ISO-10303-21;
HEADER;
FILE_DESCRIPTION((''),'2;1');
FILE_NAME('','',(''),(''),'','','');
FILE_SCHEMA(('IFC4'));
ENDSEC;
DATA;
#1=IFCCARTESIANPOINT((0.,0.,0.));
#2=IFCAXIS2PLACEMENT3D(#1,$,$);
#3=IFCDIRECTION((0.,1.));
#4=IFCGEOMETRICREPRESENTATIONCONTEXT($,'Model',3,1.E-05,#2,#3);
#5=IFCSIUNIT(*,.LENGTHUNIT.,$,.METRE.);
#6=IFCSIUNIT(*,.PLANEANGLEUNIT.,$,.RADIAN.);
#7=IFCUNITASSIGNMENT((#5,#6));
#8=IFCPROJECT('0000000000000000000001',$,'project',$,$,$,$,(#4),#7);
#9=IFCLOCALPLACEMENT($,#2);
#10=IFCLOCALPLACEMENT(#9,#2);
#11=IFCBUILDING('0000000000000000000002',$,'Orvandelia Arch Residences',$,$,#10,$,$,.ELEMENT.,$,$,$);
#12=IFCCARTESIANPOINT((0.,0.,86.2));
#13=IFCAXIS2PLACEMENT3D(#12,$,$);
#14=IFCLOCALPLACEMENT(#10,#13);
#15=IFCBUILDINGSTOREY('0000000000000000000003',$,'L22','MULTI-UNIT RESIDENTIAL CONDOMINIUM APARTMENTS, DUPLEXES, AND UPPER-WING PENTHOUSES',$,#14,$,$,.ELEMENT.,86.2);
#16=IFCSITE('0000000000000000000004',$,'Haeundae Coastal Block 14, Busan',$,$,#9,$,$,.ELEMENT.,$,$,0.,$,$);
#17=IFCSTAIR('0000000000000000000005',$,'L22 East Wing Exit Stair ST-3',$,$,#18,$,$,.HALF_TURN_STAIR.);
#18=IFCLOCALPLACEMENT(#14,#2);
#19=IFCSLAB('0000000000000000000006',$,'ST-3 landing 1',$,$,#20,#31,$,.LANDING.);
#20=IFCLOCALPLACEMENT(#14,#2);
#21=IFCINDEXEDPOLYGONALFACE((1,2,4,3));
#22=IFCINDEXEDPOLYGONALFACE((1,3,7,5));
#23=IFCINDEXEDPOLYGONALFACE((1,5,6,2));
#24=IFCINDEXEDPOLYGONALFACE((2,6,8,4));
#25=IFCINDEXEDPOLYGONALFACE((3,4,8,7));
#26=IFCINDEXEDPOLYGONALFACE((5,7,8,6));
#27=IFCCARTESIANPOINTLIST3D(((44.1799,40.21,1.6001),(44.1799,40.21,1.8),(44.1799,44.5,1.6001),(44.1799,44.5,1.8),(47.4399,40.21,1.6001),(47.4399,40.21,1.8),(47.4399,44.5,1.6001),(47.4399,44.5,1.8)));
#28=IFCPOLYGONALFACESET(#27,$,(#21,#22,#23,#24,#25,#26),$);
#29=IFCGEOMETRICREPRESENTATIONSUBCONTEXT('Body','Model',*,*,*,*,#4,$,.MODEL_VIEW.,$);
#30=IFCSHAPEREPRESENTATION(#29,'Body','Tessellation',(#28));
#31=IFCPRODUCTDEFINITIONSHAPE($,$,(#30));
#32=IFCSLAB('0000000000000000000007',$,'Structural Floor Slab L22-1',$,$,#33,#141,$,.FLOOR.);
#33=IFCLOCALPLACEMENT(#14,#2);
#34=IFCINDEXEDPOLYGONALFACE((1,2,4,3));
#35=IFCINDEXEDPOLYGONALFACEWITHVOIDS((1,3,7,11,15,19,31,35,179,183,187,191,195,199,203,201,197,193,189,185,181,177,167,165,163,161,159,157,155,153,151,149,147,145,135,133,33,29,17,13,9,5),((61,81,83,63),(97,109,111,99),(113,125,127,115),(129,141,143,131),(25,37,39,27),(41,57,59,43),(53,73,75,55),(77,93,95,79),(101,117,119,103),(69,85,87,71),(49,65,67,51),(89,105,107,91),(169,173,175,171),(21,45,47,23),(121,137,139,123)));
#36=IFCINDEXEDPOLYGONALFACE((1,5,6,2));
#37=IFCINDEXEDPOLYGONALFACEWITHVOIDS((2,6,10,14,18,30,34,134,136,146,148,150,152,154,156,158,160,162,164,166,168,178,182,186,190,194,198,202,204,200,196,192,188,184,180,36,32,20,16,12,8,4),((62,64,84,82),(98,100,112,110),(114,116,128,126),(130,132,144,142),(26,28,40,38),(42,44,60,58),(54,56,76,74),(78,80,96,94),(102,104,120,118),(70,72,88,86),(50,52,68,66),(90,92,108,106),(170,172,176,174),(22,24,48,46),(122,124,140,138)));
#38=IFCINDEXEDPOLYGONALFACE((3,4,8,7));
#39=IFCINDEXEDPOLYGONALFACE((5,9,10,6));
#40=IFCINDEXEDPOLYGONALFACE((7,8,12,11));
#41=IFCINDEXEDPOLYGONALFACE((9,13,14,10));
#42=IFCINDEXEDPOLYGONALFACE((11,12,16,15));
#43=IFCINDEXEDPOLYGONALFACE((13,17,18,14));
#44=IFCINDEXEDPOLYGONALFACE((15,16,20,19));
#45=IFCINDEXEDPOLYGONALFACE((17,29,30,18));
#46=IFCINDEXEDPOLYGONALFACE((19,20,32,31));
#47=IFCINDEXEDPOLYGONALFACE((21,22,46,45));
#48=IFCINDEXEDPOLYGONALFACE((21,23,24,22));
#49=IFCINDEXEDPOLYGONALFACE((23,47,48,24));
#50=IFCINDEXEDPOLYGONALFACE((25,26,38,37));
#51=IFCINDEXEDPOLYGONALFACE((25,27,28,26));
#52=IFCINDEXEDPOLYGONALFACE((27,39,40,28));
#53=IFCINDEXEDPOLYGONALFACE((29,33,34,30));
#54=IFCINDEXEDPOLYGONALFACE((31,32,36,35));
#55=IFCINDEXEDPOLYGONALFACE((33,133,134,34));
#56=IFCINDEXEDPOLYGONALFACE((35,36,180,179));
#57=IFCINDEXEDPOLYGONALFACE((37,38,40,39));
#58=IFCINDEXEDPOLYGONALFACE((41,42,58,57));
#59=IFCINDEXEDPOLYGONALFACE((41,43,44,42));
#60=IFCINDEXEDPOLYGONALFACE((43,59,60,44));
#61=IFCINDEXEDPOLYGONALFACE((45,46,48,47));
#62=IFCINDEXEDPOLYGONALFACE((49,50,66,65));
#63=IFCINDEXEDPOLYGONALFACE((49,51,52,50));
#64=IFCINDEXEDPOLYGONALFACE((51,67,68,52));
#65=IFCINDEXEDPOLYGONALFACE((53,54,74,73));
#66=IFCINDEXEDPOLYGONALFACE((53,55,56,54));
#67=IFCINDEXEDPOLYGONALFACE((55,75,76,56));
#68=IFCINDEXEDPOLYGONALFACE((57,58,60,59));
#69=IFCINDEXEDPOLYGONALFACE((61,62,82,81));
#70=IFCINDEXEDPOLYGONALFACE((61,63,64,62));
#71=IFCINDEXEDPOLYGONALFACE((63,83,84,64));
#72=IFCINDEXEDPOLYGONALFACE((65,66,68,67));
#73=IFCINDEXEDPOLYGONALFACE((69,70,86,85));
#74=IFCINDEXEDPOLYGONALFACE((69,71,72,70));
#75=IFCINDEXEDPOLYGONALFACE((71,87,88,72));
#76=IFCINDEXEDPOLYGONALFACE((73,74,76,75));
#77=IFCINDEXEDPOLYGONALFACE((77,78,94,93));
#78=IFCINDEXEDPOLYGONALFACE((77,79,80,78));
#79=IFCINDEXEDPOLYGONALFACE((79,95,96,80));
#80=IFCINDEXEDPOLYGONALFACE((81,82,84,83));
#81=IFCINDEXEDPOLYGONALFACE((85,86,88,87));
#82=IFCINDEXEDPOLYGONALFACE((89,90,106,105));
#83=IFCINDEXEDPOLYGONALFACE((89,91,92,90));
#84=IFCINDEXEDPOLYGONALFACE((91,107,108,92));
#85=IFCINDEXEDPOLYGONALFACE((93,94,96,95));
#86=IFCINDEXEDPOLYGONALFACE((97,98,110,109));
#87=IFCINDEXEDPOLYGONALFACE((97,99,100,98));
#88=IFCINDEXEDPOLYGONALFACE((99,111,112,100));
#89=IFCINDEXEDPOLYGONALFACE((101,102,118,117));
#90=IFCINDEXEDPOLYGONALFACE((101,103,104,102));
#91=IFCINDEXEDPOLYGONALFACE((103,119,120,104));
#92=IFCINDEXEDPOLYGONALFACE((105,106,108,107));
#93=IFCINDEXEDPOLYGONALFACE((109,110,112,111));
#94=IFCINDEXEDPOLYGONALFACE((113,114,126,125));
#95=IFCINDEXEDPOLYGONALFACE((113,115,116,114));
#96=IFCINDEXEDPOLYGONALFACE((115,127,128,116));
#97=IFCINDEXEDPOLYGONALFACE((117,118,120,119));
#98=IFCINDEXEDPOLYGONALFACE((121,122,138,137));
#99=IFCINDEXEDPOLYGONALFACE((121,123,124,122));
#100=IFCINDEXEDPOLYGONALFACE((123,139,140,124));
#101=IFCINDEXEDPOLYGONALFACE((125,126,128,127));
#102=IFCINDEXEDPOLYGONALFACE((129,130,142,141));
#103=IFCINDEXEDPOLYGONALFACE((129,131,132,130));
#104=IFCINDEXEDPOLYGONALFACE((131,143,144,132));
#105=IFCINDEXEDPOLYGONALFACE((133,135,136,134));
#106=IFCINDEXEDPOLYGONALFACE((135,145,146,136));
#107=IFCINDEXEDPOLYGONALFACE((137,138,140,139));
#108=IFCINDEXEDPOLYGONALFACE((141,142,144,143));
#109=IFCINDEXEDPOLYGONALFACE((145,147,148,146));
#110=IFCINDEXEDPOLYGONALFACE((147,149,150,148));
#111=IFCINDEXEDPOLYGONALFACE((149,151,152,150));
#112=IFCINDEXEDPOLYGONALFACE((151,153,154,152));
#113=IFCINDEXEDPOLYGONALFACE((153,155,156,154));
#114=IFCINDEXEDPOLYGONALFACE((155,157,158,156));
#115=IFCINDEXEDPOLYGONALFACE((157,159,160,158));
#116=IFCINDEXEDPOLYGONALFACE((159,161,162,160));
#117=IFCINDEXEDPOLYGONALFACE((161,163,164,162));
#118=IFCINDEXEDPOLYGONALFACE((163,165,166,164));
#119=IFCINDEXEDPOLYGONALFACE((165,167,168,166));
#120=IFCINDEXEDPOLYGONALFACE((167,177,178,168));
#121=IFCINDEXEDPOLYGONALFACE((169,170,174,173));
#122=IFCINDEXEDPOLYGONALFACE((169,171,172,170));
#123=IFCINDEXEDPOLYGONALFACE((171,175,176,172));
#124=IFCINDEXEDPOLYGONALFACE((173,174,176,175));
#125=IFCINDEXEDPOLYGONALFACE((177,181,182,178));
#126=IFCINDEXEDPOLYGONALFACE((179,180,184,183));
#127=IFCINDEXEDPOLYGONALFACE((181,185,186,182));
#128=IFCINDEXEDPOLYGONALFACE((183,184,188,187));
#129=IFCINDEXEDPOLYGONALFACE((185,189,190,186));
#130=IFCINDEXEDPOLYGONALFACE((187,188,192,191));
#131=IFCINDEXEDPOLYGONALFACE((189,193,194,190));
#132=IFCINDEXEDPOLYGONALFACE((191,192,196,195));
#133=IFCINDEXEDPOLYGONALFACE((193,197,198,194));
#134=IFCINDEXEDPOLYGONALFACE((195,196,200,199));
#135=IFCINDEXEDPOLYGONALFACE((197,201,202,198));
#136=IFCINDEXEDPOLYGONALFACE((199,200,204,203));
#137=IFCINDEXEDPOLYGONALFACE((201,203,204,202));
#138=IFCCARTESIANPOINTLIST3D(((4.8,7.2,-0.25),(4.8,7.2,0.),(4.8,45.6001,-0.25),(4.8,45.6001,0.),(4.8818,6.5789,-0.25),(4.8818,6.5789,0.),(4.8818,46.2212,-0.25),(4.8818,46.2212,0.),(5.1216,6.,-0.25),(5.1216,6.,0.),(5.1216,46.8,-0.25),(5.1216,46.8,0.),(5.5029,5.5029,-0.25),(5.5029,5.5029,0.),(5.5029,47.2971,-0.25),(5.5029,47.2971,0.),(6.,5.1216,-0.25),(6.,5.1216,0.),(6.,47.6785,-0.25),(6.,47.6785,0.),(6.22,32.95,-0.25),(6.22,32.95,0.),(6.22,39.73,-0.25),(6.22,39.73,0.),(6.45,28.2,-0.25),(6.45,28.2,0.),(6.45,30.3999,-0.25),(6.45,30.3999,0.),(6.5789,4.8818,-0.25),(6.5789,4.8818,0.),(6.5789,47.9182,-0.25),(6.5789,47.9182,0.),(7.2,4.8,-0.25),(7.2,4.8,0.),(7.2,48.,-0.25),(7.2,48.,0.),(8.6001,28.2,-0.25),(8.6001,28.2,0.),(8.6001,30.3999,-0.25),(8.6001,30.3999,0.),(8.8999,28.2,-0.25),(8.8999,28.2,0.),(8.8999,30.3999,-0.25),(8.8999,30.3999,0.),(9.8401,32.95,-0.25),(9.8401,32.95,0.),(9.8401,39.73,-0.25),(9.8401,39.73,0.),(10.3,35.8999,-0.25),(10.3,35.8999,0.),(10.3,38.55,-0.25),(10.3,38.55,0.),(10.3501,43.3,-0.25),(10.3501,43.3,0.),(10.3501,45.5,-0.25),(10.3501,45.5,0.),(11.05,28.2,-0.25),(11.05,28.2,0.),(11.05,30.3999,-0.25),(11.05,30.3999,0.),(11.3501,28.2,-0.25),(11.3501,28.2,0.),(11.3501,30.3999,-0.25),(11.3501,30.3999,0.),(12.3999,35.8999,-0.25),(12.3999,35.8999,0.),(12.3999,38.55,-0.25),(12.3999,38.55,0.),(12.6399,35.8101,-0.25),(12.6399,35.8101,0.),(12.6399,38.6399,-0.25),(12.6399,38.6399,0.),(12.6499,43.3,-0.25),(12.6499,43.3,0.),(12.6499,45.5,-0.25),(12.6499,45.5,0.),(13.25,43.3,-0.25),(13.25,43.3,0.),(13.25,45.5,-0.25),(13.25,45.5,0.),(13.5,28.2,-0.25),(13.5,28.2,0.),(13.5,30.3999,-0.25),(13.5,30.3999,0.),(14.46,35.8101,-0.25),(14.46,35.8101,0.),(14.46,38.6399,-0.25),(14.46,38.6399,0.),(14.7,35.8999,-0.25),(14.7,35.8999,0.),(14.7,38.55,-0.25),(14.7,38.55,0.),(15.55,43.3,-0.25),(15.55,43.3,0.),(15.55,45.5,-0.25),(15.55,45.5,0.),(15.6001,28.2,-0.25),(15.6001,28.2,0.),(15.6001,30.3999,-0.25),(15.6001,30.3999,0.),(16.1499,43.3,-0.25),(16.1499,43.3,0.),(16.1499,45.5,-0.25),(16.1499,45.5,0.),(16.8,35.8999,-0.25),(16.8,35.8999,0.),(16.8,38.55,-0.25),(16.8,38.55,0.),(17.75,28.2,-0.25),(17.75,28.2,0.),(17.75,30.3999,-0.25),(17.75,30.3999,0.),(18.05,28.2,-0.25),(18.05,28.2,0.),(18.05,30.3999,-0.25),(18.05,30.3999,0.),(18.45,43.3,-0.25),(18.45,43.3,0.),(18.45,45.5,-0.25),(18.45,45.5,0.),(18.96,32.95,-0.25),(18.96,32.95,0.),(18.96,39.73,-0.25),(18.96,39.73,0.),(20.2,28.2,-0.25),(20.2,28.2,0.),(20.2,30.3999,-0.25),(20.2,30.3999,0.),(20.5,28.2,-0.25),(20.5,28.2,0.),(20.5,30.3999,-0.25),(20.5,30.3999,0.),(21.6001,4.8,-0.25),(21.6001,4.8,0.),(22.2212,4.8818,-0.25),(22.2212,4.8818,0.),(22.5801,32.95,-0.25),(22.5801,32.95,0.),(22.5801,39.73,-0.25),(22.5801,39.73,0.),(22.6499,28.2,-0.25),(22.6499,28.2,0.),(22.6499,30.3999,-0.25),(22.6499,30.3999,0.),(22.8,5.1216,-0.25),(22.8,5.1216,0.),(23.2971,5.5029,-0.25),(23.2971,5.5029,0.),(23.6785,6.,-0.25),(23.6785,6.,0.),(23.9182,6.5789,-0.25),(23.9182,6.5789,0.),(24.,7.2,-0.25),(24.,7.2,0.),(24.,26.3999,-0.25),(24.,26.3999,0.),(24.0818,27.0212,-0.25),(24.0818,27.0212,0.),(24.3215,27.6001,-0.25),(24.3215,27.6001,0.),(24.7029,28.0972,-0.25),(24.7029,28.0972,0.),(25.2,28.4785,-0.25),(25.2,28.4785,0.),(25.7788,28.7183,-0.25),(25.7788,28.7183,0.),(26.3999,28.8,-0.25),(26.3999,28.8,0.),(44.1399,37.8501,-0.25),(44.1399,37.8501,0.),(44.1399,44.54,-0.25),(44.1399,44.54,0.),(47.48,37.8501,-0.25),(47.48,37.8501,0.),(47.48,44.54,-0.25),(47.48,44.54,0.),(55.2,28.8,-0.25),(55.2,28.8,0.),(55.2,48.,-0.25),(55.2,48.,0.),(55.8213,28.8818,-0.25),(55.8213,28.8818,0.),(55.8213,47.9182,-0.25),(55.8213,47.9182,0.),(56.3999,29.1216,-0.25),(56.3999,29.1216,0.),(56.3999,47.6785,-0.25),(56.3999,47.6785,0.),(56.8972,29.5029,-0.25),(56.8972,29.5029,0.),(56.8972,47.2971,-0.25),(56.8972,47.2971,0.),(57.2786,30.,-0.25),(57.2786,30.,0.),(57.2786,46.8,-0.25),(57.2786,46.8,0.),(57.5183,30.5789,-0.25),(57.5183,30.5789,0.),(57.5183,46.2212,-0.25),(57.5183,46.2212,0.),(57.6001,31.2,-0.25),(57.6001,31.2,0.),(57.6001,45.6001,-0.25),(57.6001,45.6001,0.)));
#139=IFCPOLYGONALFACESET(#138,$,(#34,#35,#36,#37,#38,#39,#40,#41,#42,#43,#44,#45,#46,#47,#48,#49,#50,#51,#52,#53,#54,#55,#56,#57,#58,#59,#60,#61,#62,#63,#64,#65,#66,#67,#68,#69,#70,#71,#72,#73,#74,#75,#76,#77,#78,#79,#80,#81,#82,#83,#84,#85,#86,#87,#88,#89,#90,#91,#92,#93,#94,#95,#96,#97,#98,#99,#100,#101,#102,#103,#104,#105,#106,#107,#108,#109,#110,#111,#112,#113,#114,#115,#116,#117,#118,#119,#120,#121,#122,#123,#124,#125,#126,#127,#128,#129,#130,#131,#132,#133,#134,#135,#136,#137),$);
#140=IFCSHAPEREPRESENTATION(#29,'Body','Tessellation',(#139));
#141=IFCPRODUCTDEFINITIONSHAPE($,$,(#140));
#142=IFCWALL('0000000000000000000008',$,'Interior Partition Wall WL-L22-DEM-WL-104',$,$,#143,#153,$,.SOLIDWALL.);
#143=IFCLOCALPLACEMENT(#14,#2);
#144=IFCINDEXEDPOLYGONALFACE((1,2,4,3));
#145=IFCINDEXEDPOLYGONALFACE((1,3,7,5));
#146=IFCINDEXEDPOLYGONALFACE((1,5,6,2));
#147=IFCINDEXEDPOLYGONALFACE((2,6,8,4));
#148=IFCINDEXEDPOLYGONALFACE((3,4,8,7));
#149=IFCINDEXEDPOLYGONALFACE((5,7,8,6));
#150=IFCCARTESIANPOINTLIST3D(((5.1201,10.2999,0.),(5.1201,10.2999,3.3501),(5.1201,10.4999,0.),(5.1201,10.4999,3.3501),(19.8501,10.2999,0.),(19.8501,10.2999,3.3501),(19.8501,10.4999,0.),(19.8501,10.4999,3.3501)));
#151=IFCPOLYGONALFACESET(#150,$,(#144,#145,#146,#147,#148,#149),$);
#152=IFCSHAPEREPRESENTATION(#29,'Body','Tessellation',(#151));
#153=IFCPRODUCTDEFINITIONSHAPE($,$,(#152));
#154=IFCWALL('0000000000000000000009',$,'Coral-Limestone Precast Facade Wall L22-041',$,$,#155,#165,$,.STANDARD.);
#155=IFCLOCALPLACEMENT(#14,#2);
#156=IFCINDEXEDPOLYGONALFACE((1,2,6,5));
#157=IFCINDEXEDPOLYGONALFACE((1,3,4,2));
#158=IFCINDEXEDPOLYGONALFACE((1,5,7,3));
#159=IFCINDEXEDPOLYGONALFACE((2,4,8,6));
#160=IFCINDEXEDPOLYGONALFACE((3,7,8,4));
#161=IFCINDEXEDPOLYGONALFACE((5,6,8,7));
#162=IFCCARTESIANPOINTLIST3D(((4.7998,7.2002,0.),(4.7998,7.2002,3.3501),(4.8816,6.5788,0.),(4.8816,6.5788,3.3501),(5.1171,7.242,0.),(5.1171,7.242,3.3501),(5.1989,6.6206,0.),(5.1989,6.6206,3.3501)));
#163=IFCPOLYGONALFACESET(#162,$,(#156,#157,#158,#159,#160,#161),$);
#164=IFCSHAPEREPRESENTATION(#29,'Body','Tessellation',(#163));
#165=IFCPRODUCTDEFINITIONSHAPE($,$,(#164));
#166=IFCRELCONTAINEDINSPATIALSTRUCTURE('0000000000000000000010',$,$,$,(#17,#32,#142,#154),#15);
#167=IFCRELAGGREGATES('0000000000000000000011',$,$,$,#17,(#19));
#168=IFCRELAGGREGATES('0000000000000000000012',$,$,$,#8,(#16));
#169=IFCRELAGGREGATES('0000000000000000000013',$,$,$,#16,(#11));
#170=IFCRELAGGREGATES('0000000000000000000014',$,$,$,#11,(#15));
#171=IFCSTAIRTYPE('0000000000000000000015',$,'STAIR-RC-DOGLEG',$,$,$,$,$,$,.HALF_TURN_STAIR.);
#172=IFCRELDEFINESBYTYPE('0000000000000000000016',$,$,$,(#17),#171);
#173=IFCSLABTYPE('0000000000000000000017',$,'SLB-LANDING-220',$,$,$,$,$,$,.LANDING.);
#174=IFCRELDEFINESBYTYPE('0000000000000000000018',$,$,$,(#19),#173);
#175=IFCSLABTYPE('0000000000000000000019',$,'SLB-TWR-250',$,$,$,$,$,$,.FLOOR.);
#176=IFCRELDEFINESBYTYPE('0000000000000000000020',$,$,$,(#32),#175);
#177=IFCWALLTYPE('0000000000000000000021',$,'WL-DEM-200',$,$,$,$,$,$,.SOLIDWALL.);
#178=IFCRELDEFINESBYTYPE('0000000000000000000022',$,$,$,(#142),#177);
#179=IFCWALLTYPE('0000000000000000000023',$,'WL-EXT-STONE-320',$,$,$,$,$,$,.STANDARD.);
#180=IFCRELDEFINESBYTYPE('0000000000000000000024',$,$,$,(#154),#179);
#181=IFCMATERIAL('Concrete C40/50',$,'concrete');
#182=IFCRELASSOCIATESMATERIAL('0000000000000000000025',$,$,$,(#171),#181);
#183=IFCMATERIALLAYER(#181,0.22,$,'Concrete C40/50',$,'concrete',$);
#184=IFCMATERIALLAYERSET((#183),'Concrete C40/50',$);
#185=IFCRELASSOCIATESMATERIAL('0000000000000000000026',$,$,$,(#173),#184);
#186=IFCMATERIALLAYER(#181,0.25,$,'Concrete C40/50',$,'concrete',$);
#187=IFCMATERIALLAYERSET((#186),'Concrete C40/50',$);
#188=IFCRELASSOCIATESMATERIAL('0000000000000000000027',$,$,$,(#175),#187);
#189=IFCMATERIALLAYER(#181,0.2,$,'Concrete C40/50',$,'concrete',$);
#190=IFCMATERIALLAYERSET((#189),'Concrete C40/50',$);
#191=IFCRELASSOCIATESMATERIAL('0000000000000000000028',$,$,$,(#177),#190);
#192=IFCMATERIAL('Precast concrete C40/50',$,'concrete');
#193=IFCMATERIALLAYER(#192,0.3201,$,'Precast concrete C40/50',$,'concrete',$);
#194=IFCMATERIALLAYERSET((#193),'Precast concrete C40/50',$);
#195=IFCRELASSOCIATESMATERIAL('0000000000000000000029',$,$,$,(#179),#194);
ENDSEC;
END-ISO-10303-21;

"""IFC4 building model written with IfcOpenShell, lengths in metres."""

from ifc_helpers import new_model, si_unit, direction, frame, frame_2d, origin, place, context, subcontext, project, spatial, polyline, rectangle, outline, extrude, material, layer, layer_set, type_object, element, aggregate, save


model = new_model("IFC4")

# Units and contexts
model_context = context("Model", 3, precision=1e-05, world=origin(), true_north=direction((0.0, 1.0)))
body_context = subcontext(model_context, "Body", "Model", "MODEL_VIEW")
ifc_project = project(units=[si_unit("LENGTHUNIT", "METRE"), si_unit("PLANEANGLEUNIT", "RADIAN")], contexts=[model_context])

# Site, building, storey
site_placement = place(None, origin())
site = spatial("IfcSite", under=ifc_project, at=site_placement, Name="Haeundae Coastal Block 14, Busan", CompositionType="ELEMENT", RefElevation=0.0)
building_placement = place(site_placement, origin())
building = spatial("IfcBuilding", under=site, at=building_placement, Name="Orvandelia Arch Residences", CompositionType="ELEMENT")
storey_placement = place(building_placement, frame((0.0, 0.0, 86.2)))
storey = spatial("IfcBuildingStorey", under=building, at=storey_placement, Name="L22", Description="MULTI-UNIT RESIDENTIAL CONDOMINIUM APARTMENTS, DUPLEXES, AND UPPER-WING PENTHOUSES", CompositionType="ELEMENT", Elevation=86.2)

# Shared definitions
ifc_material_1 = material(Name="Precast concrete C40/50", Category="concrete")

# Stair, slab
ifc_material_2 = material(Name="Concrete C40/50", Category="concrete")
stair_type = type_object("IfcStairType", Name="STAIR-RC-DOGLEG", PredefinedType="HALF_TURN_STAIR", material=ifc_material_2)
ifc_layer_1 = layer(ifc_material_2, 0.22, Name="Concrete C40/50", Category="concrete")
ifc_layer_set_1 = layer_set([ifc_layer_1], Name="Concrete C40/50")
slab_type_1 = type_object("IfcSlabType", Name="SLB-LANDING-220", PredefinedType="LANDING", material=ifc_layer_set_1)
stair_1_placement = place(storey_placement, origin())
stair_1 = element("IfcStair", 1, at=stair_1_placement, inside=storey, type_object=stair_type, Name="L22 East Wing Exit Stair ST-3", PredefinedType="HALF_TURN_STAIR")
slab_1_placement = place(storey_placement, frame((0.0, 0.0, 1.6001)))
slab_1 = element("IfcSlab", 2, at=slab_1_placement, type_object=slab_type_1, Name="ST-3 landing 1", PredefinedType="LANDING", context=body_context, shape_type="SweptSolid", body=[
    extrude(outline(polyline([(47.4399, 40.21), (47.4399, 44.5), (44.1799, 44.5), (44.1799, 40.21), (47.4399, 40.21)])), origin(), (0.0, 0.0, 1.0), 0.2),
])
aggregate(stair_1, [slab_1])

# Slab
ifc_layer_2 = layer(ifc_material_2, 0.25, Name="Concrete C40/50", Category="concrete")
ifc_layer_set_2 = layer_set([ifc_layer_2], Name="Concrete C40/50")
slab_type_2 = type_object("IfcSlabType", Name="SLB-TWR-250", PredefinedType="FLOOR", material=ifc_layer_set_2)
slab_2_placement = place(storey_placement, frame((0.0, 0.0, -0.25)))
element("IfcSlab", 3, at=slab_2_placement, inside=storey, type_object=slab_type_2, Name="Structural Floor Slab L22-1", PredefinedType="FLOOR", context=body_context, shape_type="SweptSolid", body=[
    extrude(outline(polyline([(4.8, 7.2), (4.8818, 6.5789), (5.1216, 6.0), (5.5029, 5.5029), (6.0, 5.1216), (6.5789, 4.8818), (7.2, 4.8), (21.6001, 4.8), (22.2212, 4.8818), (22.8, 5.1216), (23.2971, 5.5029), (23.6785, 6.0), (23.9182, 6.5789), (24.0, 7.2), (24.0, 26.3999), (24.0818, 27.0212), (24.3215, 27.6001), (24.7029, 28.0972), (25.2, 28.4785), (25.7788, 28.7183), (26.3999, 28.8), (55.2, 28.8), (55.8213, 28.8818), (56.3999, 29.1216), (56.8972, 29.5029), (57.2786, 30.0), (57.5183, 30.5789), (57.6001, 31.2), (57.6001, 45.6001), (57.5183, 46.2212), (57.2786, 46.8), (56.8972, 47.2971), (56.3999, 47.6785), (55.8213, 47.9182), (55.2, 48.0), (7.2, 48.0), (6.5789, 47.9182), (6.0, 47.6785), (5.5029, 47.2971), (5.1216, 46.8), (4.8818, 46.2212), (4.8, 45.6001), (4.8, 7.2)]), holes=[polyline([(6.22, 32.95), (9.8401, 32.95), (9.8401, 39.73), (6.22, 39.73), (6.22, 32.95)]), polyline([(18.96, 32.95), (22.5801, 32.95), (22.5801, 39.73), (18.96, 39.73), (18.96, 32.95)]), polyline([(44.1399, 37.8501), (47.48, 37.8501), (47.48, 44.54), (44.1399, 44.54), (44.1399, 37.8501)]), polyline([(12.6399, 35.8101), (14.46, 35.8101), (14.46, 38.6399), (12.6399, 38.6399), (12.6399, 35.8101)]), polyline([(10.3, 35.8999), (12.3999, 35.8999), (12.3999, 38.55), (10.3, 38.55), (10.3, 35.8999)]), polyline([(14.7, 35.8999), (16.8, 35.8999), (16.8, 38.55), (14.7, 38.55), (14.7, 35.8999)]), polyline([(10.3501, 43.3), (12.6499, 43.3), (12.6499, 45.5), (10.3501, 45.5), (10.3501, 43.3)]), polyline([(13.25, 43.3), (15.55, 43.3), (15.55, 45.5), (13.25, 45.5), (13.25, 43.3)]), polyline([(16.1499, 43.3), (18.45, 43.3), (18.45, 45.5), (16.1499, 45.5), (16.1499, 43.3)]), polyline([(6.45, 28.2), (8.6001, 28.2), (8.6001, 30.3999), (6.45, 30.3999), (6.45, 28.2)]), polyline([(8.8999, 28.2), (11.05, 28.2), (11.05, 30.3999), (8.8999, 30.3999), (8.8999, 28.2)]), polyline([(11.3501, 28.2), (13.5, 28.2), (13.5, 30.3999), (11.3501, 30.3999), (11.3501, 28.2)]), polyline([(15.6001, 28.2), (17.75, 28.2), (17.75, 30.3999), (15.6001, 30.3999), (15.6001, 28.2)]), polyline([(18.05, 28.2), (20.2, 28.2), (20.2, 30.3999), (18.05, 30.3999), (18.05, 28.2)]), polyline([(20.5, 28.2), (22.6499, 28.2), (22.6499, 30.3999), (20.5, 30.3999), (20.5, 28.2)])]), origin(), (0.0, 0.0, 1.0), 0.25),
])

# Walls
ifc_layer_3 = layer(ifc_material_2, 0.2, Name="Concrete C40/50", Category="concrete")
ifc_layer_set_3 = layer_set([ifc_layer_3], Name="Concrete C40/50")
wall_type_1 = type_object("IfcWallType", Name="WL-DEM-200", PredefinedType="SOLIDWALL", material=ifc_layer_set_3)
wall_1_placement = place(storey_placement, frame((5.1201, 10.3999, 0.0), z_axis=(0.0, 0.0, 1.0), x_axis=(1.0, 0.0, 0.0)))
element("IfcWall", 4, at=wall_1_placement, inside=storey, type_object=wall_type_1, Name="Interior Partition Wall WL-L22-DEM-WL-104", PredefinedType="SOLIDWALL", context=body_context, shape_type="SweptSolid", body=[
    extrude(rectangle(XDim=14.73, YDim=0.2, at=frame_2d((7.365, 0.0))), origin(), (0.0, 0.0, 1.0), 3.3501),
])
ifc_layer_4 = layer(ifc_material_1, 0.3201, Name="Precast concrete C40/50", Category="concrete")
ifc_layer_set_4 = layer_set([ifc_layer_4], Name="Precast concrete C40/50")
wall_type_2 = type_object("IfcWallType", Name="WL-EXT-STONE-320", PredefinedType="STANDARD", material=ifc_layer_set_4)
wall_2_placement = place(storey_placement, frame((5.0403, 6.5996, 0.0), z_axis=(0.0, 0.0, 1.0), x_axis=(-0.130505, 0.991448, 0.0)))
element("IfcWall", 5, at=wall_2_placement, inside=storey, type_object=wall_type_2, Name="Coral-Limestone Precast Facade Wall L22-041", PredefinedType="STANDARD", context=body_context, shape_type="SweptSolid", body=[
    extrude(rectangle(XDim=0.6267, YDim=0.3201, at=frame_2d((0.3135, 0.0))), origin(), (0.0, 0.0, 1.0), 3.3501),
])

save(model, "model.ifc")
